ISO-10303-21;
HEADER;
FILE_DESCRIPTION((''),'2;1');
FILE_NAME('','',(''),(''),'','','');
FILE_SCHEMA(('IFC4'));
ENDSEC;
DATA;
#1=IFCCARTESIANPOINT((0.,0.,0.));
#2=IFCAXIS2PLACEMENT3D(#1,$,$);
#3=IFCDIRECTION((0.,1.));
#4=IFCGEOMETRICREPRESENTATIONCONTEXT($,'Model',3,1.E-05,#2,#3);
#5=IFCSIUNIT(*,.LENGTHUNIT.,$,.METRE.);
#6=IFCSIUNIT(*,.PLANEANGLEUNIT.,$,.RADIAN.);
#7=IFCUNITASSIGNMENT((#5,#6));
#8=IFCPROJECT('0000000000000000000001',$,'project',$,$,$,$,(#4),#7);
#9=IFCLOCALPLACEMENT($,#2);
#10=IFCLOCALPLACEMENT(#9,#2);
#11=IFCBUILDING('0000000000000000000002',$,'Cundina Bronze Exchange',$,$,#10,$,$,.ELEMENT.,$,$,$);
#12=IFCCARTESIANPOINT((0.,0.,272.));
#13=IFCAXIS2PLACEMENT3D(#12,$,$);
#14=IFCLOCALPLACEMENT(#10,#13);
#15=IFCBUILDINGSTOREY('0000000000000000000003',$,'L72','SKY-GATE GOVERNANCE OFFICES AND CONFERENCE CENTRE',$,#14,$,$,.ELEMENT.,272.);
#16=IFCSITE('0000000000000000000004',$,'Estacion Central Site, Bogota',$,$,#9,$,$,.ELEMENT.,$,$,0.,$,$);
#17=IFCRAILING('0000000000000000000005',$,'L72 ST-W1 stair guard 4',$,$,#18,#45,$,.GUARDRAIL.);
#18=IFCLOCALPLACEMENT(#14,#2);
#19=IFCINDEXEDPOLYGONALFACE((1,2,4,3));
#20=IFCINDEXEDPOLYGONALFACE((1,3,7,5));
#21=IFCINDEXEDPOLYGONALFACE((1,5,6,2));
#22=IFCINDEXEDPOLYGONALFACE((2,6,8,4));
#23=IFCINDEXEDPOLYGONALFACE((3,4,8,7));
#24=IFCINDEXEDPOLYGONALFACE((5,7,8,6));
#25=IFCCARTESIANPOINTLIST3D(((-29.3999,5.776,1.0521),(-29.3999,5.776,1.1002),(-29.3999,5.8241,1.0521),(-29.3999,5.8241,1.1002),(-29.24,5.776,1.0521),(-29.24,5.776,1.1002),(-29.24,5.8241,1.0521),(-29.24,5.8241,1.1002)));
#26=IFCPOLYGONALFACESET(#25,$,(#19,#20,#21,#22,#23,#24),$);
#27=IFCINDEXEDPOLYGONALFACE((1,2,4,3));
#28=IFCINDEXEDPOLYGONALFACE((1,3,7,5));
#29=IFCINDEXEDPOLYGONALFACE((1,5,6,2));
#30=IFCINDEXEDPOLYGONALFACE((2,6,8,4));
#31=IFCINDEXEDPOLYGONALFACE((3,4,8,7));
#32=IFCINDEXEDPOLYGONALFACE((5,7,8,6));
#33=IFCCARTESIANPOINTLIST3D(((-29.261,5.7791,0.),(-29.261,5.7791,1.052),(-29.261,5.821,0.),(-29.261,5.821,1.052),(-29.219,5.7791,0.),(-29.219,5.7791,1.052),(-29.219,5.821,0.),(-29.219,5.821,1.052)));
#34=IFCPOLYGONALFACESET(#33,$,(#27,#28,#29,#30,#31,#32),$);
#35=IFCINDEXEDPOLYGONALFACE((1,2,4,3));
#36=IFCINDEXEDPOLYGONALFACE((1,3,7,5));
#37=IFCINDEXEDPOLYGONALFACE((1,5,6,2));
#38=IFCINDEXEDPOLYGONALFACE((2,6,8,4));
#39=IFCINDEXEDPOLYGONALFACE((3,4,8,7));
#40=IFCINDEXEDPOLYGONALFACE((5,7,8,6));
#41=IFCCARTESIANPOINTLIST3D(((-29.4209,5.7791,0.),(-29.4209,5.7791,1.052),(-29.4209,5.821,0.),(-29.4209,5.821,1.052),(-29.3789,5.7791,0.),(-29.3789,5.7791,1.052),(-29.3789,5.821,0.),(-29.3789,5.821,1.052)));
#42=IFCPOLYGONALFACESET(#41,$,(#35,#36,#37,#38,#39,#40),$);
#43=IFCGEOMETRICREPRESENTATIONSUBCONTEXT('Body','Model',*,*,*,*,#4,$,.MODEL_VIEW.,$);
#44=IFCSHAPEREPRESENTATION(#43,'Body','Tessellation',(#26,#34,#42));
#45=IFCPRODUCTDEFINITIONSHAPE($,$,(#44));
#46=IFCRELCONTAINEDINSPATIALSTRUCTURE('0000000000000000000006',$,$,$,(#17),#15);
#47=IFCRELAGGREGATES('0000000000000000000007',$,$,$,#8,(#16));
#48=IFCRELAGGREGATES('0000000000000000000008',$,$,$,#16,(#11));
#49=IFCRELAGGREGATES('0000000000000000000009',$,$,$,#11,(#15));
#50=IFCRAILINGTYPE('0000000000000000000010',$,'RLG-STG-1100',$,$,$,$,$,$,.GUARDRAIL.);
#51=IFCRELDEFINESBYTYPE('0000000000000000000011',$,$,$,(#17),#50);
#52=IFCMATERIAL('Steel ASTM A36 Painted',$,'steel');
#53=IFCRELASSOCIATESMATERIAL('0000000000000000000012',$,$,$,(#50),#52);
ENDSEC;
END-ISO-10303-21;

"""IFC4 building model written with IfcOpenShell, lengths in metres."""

from ifc_helpers import new_model, si_unit, direction, frame, origin, origin_2d, place, context, subcontext, project, spatial, rectangle, extrude, material, type_object, element, save


model = new_model("IFC4")

# Units and contexts
model_context = context("Model", 3, precision=1e-05, world=origin(), true_north=direction((0.0, 1.0)))
body_context = subcontext(model_context, "Body", "Model", "MODEL_VIEW")
ifc_project = project(units=[si_unit("LENGTHUNIT", "METRE"), si_unit("PLANEANGLEUNIT", "RADIAN")], contexts=[model_context])

# Site, building, storey
site_placement = place(None, origin())
site = spatial("IfcSite", under=ifc_project, at=site_placement, Name="Estacion Central Site, Bogota", CompositionType="ELEMENT", RefElevation=0.0)
building_placement = place(site_placement, origin())
building = spatial("IfcBuilding", under=site, at=building_placement, Name="Cundina Bronze Exchange", CompositionType="ELEMENT")
storey_placement = place(building_placement, frame((0.0, 0.0, 272.0)))
storey = spatial("IfcBuildingStorey", under=building, at=storey_placement, Name="L72", Description="SKY-GATE GOVERNANCE OFFICES AND CONFERENCE CENTRE", CompositionType="ELEMENT", Elevation=272.0)

# Shared definitions
ifc_material_1 = material(Name="Steel ASTM A36 Painted", Category="steel")

# Railing
railing_type_1 = type_object("IfcRailingType", Name="RLG-STG-1100", PredefinedType="GUARDRAIL", material=ifc_material_1)
railing_1_placement = place(storey_placement, frame((-29.24, 5.8, 0.0)))
element("IfcRailing", 1, at=railing_1_placement, inside=storey, type_object=railing_type_1, Name="L72 ST-W1 stair guard 4", PredefinedType="GUARDRAIL", context=body_context, shape_type="SweptSolid", body=[
    extrude(rectangle(XDim=0.0481, YDim=0.0481, at=origin_2d()), frame((0.0, 0.0, 1.0762), z_axis=(-1.0, 0.0, 0.0), x_axis=(0.0, -1.0, 0.0)), (0.0, 0.0, 1.0), 0.1599),
    extrude(rectangle(XDim=0.042, YDim=0.042, at=origin_2d()), origin(), (0.0, 0.0, 1.0), 1.052),
    extrude(rectangle(XDim=0.042, YDim=0.042, at=origin_2d()), frame((-0.1599, 0.0, 0.0)), (0.0, 0.0, 1.0), 1.052),
])

save(model, "model.ifc")
